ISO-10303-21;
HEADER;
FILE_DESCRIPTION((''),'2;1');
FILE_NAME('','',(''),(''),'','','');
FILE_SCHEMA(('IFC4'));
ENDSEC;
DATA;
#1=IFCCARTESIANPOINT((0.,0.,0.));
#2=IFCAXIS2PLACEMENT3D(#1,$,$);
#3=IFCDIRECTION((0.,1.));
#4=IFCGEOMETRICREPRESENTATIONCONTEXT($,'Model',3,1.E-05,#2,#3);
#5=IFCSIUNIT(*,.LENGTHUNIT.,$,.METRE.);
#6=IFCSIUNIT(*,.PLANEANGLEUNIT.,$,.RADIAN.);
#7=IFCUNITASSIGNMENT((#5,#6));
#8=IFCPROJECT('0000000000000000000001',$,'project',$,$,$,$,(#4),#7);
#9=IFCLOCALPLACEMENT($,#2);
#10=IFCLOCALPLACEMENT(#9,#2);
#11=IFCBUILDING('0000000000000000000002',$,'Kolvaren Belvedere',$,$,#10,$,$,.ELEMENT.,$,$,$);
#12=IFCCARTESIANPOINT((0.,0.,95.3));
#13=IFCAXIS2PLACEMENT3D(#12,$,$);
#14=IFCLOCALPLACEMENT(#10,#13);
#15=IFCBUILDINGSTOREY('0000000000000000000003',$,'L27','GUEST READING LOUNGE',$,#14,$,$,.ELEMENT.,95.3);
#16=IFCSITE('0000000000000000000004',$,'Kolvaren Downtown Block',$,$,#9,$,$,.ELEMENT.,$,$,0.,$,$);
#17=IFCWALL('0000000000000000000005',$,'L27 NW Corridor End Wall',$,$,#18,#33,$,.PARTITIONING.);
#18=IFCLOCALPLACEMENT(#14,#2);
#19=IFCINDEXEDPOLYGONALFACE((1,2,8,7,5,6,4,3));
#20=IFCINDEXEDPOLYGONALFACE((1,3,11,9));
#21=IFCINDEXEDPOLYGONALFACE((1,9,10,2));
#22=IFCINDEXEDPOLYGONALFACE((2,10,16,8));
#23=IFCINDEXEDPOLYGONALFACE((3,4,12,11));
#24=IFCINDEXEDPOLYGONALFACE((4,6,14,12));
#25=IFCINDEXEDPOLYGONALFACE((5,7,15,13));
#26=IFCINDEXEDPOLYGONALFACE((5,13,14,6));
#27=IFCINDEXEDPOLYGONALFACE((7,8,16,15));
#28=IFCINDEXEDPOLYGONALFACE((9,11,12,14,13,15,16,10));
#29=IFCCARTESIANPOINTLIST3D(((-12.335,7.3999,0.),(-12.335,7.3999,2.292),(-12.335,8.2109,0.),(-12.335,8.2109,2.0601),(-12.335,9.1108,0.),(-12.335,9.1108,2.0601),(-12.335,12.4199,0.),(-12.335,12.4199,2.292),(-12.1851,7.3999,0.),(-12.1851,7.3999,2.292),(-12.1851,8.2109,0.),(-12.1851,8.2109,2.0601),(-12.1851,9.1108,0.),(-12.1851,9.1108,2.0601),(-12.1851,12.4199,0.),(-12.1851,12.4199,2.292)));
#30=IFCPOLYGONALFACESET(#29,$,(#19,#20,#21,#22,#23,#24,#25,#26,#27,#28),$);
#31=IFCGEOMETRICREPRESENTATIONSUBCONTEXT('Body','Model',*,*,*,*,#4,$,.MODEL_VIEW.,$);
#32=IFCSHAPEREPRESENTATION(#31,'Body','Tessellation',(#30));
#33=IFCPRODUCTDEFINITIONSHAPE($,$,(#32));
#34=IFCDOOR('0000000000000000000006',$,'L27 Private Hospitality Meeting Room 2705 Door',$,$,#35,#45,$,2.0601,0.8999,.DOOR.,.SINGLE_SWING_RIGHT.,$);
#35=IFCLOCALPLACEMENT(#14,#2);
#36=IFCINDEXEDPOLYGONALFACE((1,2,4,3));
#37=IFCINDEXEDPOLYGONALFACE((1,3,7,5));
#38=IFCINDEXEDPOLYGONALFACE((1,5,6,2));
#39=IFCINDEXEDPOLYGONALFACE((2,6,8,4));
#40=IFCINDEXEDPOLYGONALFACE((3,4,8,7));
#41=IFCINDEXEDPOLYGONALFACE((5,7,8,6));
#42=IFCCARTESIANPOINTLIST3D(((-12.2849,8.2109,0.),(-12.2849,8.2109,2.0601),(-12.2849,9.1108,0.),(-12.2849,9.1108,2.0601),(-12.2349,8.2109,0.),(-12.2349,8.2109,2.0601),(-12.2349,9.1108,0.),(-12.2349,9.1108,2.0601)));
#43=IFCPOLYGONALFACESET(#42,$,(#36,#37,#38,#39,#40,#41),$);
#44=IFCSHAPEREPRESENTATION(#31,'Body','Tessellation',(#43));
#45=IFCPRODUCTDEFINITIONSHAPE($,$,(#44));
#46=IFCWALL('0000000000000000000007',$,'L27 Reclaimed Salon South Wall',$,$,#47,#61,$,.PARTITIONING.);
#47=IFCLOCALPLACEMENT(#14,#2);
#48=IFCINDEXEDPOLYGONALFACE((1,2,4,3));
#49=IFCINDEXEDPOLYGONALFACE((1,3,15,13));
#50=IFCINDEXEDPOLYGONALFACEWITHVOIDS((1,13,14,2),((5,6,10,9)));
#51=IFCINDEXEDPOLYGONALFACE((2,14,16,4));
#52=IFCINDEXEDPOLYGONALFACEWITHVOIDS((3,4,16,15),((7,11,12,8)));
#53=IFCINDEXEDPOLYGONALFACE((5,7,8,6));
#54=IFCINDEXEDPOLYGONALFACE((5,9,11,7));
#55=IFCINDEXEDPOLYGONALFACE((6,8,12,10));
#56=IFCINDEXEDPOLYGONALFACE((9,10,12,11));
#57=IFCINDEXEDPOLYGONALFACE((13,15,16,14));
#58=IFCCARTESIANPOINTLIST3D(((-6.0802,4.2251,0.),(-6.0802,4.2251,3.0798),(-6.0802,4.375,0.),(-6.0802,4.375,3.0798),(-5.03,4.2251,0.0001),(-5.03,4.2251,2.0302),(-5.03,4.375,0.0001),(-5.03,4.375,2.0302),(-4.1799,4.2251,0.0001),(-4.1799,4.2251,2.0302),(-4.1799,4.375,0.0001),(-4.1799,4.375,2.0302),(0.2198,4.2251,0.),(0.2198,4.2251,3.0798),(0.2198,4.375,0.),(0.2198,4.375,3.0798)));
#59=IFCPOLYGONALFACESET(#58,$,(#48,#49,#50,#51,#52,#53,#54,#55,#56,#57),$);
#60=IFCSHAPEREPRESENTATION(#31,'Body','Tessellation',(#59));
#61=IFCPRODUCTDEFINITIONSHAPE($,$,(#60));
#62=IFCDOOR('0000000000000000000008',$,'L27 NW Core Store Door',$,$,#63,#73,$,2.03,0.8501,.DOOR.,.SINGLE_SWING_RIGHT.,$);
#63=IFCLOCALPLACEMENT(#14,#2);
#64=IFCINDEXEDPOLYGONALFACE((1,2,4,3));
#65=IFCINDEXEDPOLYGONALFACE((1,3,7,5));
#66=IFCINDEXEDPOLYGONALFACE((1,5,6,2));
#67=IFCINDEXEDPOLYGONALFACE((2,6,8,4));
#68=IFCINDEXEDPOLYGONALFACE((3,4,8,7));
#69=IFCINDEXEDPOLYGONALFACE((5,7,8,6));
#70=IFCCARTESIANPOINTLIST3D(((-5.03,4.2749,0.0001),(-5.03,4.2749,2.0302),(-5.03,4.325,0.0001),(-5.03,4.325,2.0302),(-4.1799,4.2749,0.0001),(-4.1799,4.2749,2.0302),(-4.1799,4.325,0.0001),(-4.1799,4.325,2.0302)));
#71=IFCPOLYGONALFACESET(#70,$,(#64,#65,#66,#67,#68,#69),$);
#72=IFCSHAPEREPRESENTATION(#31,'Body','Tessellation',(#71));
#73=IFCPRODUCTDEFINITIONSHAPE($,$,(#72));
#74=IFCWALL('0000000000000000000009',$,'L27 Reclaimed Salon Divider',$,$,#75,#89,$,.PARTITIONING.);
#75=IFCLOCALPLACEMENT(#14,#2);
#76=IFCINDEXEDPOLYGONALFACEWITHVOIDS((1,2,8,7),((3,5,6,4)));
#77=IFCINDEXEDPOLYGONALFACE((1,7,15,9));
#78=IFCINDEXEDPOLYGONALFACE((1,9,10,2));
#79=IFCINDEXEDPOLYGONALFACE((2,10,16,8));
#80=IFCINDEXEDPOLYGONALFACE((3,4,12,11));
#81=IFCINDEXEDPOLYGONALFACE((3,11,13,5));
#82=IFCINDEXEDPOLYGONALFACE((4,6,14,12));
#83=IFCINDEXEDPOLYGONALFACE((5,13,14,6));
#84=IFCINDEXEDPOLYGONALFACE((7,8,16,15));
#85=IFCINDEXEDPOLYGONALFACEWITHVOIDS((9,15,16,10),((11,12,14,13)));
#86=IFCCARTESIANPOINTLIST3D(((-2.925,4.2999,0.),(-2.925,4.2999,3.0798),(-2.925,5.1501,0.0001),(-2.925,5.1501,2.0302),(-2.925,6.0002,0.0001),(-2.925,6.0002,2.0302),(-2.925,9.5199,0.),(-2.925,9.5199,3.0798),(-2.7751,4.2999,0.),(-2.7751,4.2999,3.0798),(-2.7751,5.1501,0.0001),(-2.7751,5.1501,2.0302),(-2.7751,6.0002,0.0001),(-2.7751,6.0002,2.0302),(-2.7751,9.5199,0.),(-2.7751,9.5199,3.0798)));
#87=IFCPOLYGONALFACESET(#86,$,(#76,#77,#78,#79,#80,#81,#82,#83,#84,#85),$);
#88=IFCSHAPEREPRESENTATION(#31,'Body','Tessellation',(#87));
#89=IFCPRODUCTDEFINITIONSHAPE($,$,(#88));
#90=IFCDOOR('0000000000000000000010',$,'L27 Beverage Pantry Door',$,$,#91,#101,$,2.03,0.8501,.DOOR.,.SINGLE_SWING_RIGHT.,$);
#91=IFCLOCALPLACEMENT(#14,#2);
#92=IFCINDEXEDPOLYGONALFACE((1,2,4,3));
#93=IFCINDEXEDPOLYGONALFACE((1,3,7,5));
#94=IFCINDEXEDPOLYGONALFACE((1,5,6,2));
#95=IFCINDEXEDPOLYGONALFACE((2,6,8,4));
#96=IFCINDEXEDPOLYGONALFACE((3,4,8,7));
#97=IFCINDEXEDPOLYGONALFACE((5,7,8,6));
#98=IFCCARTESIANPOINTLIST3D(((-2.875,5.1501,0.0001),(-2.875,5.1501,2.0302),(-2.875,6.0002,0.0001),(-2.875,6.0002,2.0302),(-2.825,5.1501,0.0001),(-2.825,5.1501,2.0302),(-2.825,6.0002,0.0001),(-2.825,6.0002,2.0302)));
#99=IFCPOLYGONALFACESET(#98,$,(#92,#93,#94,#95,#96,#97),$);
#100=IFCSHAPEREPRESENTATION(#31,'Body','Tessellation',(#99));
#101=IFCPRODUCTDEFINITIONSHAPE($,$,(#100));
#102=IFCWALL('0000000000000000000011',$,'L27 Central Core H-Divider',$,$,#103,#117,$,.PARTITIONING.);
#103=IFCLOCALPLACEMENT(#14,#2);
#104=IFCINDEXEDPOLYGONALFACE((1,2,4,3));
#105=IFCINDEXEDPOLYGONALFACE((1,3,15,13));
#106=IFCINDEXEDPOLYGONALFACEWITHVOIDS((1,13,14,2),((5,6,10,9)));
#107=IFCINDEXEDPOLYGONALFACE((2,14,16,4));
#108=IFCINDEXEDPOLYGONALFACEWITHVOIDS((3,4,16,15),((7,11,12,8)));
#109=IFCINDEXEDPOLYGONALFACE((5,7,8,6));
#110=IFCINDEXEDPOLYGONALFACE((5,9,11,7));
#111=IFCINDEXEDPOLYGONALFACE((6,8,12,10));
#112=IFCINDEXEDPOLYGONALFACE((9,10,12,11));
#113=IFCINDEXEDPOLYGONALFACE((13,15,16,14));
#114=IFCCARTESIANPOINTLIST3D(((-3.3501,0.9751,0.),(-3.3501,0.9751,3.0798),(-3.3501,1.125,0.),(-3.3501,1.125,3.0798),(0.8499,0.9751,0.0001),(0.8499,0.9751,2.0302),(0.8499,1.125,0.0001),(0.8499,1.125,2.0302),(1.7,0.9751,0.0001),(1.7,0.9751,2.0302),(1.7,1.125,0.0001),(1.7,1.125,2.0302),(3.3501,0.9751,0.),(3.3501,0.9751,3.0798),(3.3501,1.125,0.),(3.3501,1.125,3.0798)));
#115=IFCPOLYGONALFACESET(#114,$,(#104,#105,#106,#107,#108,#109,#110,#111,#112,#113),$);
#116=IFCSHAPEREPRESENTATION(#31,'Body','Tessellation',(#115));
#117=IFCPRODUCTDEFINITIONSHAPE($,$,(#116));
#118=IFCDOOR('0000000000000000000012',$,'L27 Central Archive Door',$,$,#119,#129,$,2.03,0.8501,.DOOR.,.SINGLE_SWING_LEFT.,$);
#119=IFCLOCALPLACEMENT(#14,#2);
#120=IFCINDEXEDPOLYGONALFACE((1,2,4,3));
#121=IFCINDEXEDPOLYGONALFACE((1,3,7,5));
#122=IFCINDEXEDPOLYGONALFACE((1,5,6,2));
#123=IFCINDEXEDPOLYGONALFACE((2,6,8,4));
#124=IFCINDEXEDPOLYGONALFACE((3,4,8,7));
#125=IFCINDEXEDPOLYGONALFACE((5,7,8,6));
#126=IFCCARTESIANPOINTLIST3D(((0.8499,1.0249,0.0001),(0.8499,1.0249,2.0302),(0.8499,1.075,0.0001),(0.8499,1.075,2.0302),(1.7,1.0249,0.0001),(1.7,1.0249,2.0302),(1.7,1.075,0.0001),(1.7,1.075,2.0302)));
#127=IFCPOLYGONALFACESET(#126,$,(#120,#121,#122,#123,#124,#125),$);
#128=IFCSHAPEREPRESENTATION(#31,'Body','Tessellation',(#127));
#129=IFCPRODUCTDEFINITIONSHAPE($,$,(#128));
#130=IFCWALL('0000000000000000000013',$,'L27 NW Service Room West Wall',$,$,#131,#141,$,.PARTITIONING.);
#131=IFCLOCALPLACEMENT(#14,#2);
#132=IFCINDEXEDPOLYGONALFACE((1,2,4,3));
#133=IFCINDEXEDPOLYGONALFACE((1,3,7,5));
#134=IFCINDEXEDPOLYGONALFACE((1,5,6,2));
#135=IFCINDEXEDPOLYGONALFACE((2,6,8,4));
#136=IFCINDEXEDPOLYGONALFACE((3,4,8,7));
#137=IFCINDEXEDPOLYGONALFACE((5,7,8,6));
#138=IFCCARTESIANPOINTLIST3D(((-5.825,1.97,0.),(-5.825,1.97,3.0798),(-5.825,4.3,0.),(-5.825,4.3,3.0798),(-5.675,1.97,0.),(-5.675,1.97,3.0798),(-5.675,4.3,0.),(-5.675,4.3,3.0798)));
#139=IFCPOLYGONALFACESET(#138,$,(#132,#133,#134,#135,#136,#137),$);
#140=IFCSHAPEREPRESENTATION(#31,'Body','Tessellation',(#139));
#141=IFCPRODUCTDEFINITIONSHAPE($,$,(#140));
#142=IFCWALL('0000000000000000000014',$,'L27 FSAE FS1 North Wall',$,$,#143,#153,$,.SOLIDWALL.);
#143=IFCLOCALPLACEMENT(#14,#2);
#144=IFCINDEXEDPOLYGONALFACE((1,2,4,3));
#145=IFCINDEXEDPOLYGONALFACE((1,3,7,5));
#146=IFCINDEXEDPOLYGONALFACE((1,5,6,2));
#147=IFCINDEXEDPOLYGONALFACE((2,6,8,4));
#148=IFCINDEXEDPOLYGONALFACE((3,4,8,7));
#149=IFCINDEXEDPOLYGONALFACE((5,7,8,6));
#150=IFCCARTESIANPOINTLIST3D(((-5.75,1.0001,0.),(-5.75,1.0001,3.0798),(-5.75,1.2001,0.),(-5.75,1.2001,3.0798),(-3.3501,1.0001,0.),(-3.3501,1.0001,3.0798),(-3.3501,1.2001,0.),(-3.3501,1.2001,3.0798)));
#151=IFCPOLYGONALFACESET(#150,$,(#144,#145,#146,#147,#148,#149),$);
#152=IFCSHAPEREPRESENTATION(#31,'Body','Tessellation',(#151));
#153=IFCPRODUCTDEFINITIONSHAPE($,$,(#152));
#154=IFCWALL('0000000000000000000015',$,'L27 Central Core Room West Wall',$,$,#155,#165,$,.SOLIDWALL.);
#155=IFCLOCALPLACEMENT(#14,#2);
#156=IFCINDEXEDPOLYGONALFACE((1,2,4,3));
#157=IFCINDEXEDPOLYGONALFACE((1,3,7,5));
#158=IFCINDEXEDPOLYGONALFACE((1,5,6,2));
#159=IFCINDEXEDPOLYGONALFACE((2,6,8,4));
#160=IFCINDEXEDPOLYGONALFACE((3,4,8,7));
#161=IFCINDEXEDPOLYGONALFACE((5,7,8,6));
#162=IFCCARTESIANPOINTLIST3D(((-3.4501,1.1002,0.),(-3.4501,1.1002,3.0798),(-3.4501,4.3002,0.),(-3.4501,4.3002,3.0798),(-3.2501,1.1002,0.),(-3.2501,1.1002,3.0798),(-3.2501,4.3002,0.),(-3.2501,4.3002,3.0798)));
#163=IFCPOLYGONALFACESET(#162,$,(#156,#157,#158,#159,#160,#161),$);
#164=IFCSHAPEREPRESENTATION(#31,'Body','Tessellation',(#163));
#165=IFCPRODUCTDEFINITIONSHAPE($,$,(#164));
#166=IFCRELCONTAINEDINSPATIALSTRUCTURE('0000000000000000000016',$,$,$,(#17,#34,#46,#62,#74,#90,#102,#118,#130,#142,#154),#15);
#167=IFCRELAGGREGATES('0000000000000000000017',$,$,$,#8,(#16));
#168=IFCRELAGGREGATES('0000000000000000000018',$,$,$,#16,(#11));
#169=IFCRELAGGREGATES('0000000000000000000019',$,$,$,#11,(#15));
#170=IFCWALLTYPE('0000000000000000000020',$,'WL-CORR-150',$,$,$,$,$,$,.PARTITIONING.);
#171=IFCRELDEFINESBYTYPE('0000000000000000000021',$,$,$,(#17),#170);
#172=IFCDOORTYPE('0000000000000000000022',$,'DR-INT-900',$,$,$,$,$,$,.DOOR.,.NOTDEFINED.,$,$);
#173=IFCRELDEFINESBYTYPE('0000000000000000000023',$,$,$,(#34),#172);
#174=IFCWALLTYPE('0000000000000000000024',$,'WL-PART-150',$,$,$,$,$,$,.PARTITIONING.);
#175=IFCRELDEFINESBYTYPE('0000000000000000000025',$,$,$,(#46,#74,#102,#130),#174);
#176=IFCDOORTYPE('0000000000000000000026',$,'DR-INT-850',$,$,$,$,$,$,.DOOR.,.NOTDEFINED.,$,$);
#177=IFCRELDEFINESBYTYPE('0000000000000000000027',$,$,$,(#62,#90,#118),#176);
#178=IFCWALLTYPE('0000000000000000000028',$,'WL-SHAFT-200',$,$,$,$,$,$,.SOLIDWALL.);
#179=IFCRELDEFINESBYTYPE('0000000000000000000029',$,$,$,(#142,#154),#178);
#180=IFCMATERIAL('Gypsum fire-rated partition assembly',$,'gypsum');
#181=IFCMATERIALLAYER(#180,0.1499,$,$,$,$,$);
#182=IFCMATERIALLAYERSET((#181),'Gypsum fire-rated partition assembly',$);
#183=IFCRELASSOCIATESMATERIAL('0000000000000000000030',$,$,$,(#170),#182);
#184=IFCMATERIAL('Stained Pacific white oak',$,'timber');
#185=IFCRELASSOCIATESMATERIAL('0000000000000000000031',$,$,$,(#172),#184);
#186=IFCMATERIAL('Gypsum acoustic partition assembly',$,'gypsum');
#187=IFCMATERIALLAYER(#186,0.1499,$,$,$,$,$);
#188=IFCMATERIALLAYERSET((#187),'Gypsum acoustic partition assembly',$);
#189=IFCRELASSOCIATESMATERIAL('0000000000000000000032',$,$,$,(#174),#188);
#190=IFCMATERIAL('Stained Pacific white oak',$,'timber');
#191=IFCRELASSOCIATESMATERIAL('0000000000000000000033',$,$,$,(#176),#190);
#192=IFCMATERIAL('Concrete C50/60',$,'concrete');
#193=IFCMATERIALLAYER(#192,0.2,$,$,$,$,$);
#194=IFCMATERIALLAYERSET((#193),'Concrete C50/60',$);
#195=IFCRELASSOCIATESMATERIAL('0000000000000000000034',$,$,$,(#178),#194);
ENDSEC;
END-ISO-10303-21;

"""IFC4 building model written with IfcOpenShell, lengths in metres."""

from ifc_helpers import new_model, si_unit, direction, frame, frame_2d, origin, place, context, subcontext, project, spatial, rectangle, extrude, material, layer, layer_set, type_object, element, fill, save


model = new_model("IFC4")

# Units and contexts
model_context = context("Model", 3, precision=1e-05, world=origin(), true_north=direction((0.0, 1.0)))
body_context = subcontext(model_context, "Body", "Model", "MODEL_VIEW")
ifc_project = project(units=[si_unit("LENGTHUNIT", "METRE"), si_unit("PLANEANGLEUNIT", "RADIAN")], contexts=[model_context])

# Site, building, storey
site_placement = place(None, origin())
site = spatial("IfcSite", under=ifc_project, at=site_placement, Name="Kolvaren Downtown Block", CompositionType="ELEMENT", RefElevation=0.0)
building_placement = place(site_placement, origin())
building = spatial("IfcBuilding", under=site, at=building_placement, Name="Kolvaren Belvedere", CompositionType="ELEMENT")
storey_placement = place(building_placement, frame((0.0, 0.0, 95.3)))
storey = spatial("IfcBuildingStorey", under=building, at=storey_placement, Name="L27", Description="GUEST READING LOUNGE", CompositionType="ELEMENT", Elevation=95.3)

# Walls, openings, doors
ifc_material_1 = material(Name="Gypsum fire-rated partition assembly", Category="gypsum")
ifc_layer_1 = layer(ifc_material_1, 0.1499)
ifc_layer_set_1 = layer_set([ifc_layer_1], Name="Gypsum fire-rated partition assembly")
wall_type_1 = type_object("IfcWallType", Name="WL-CORR-150", PredefinedType="PARTITIONING", material=ifc_layer_set_1)
wall_1_placement = place(storey_placement, frame((-12.26, 7.3999, 0.0), z_axis=(0.0, 0.0, 1.0), x_axis=(0.0, 1.0, 0.0)))
wall_1 = element("IfcWall", 1, at=wall_1_placement, inside=storey, type_object=wall_type_1, Name="L27 NW Corridor End Wall", PredefinedType="PARTITIONING", context=body_context, shape_type="SweptSolid", body=[
    extrude(rectangle(XDim=5.02, YDim=0.1499, at=frame_2d((2.51, 0.0))), origin(), (0.0, 0.0, 1.0), 2.292),
])
opening_1_placement = place(wall_1_placement, frame((0.811, 0.0, 0.0)))
opening_1 = element("IfcOpeningElement", 2, at=opening_1_placement, cuts=wall_1, PredefinedType="OPENING", context=body_context, shape_type="SweptSolid", body=[
    extrude(rectangle(XDim=0.8999, YDim=2.0601, at=frame_2d((0.45, 1.03))), frame((0.0, 0.085, 0.0), z_axis=(0.0, -1.0, 0.0), x_axis=(1.0, 0.0, 0.0)), (0.0, 0.0, 1.0), 0.1699),
])
ifc_material_2 = material(Name="Stained Pacific white oak", Category="timber")
door_type_1 = type_object("IfcDoorType", Name="DR-INT-900", OperationType="NOTDEFINED", PredefinedType="DOOR", material=ifc_material_2)
door_1_placement = place(opening_1_placement, origin())
door_1 = element("IfcDoor", 3, at=door_1_placement, inside=storey, type_object=door_type_1, Name="L27 Private Hospitality Meeting Room 2705 Door", OperationType="SINGLE_SWING_RIGHT", OverallHeight=2.0601, OverallWidth=0.8999, PredefinedType="DOOR", context=body_context, shape_type="SweptSolid", body=[
    extrude(rectangle(XDim=0.8999, YDim=2.0601, at=frame_2d((0.45, 1.03))), frame((0.0, 0.0249, 0.0), z_axis=(0.0, -1.0, 0.0), x_axis=(1.0, 0.0, 0.0)), (0.0, 0.0, 1.0), 0.05),
])
fill(opening_1, door_1)
ifc_material_3 = material(Name="Gypsum acoustic partition assembly", Category="gypsum")
ifc_layer_2 = layer(ifc_material_3, 0.1499)
ifc_layer_set_2 = layer_set([ifc_layer_2], Name="Gypsum acoustic partition assembly")
wall_type_2 = type_object("IfcWallType", Name="WL-PART-150", PredefinedType="PARTITIONING", material=ifc_layer_set_2)
wall_2_placement = place(storey_placement, frame((-6.0801, 4.3, 0.0), z_axis=(0.0, 0.0, 1.0), x_axis=(1.0, 0.0, 0.0)))
wall_2 = element("IfcWall", 4, at=wall_2_placement, inside=storey, type_object=wall_type_2, Name="L27 Reclaimed Salon South Wall", PredefinedType="PARTITIONING", context=body_context, shape_type="SweptSolid", body=[
    extrude(rectangle(XDim=6.3, YDim=0.1499, at=frame_2d((3.1499, 0.0))), origin(), (0.0, 0.0, 1.0), 3.0798),
])
opening_2_placement = place(wall_2_placement, frame((1.05, 0.0, 0.0)))
opening_2 = element("IfcOpeningElement", 5, at=opening_2_placement, cuts=wall_2, PredefinedType="OPENING", context=body_context, shape_type="SweptSolid", body=[
    extrude(rectangle(XDim=0.8501, YDim=2.03, at=frame_2d((0.425, 1.0151))), frame((0.0, 0.085, 0.0), z_axis=(0.0, -1.0, 0.0), x_axis=(1.0, 0.0, 0.0)), (0.0, 0.0, 1.0), 0.1699),
])
ifc_material_4 = material(Name="Stained Pacific white oak", Category="timber")
door_type_2 = type_object("IfcDoorType", Name="DR-INT-850", OperationType="NOTDEFINED", PredefinedType="DOOR", material=ifc_material_4)
door_2_placement = place(opening_2_placement, origin())
door_2 = element("IfcDoor", 6, at=door_2_placement, inside=storey, type_object=door_type_2, Name="L27 NW Core Store Door", OperationType="SINGLE_SWING_RIGHT", OverallHeight=2.03, OverallWidth=0.8501, PredefinedType="DOOR", context=body_context, shape_type="SweptSolid", body=[
    extrude(rectangle(XDim=0.8501, YDim=2.03, at=frame_2d((0.425, 1.0151))), frame((0.0, 0.0249, 0.0), z_axis=(0.0, -1.0, 0.0), x_axis=(1.0, 0.0, 0.0)), (0.0, 0.0, 1.0), 0.05),
])
fill(opening_2, door_2)
wall_3_placement = place(storey_placement, frame((-2.8501, 4.3, 0.0), z_axis=(0.0, 0.0, 1.0), x_axis=(0.0, 1.0, 0.0)))
wall_3 = element("IfcWall", 7, at=wall_3_placement, inside=storey, type_object=wall_type_2, Name="L27 Reclaimed Salon Divider", PredefinedType="PARTITIONING", context=body_context, shape_type="SweptSolid", body=[
    extrude(rectangle(XDim=5.22, YDim=0.1499, at=frame_2d((2.6099, 0.0))), origin(), (0.0, 0.0, 1.0), 3.0798),
])
opening_3_placement = place(wall_3_placement, frame((0.8501, 0.0, 0.0)))
opening_3 = element("IfcOpeningElement", 8, at=opening_3_placement, cuts=wall_3, PredefinedType="OPENING", context=body_context, shape_type="SweptSolid", body=[
    extrude(rectangle(XDim=0.8501, YDim=2.03, at=frame_2d((0.425, 1.0151))), frame((0.0, 0.085, 0.0), z_axis=(0.0, -1.0, 0.0), x_axis=(1.0, 0.0, 0.0)), (0.0, 0.0, 1.0), 0.1699),
])
door_3_placement = place(opening_3_placement, origin())
door_3 = element("IfcDoor", 9, at=door_3_placement, inside=storey, type_object=door_type_2, Name="L27 Beverage Pantry Door", OperationType="SINGLE_SWING_RIGHT", OverallHeight=2.03, OverallWidth=0.8501, PredefinedType="DOOR", context=body_context, shape_type="SweptSolid", body=[
    extrude(rectangle(XDim=0.8501, YDim=2.03, at=frame_2d((0.425, 1.0151))), frame((0.0, 0.0249, 0.0), z_axis=(0.0, -1.0, 0.0), x_axis=(1.0, 0.0, 0.0)), (0.0, 0.0, 1.0), 0.05),
])
fill(opening_3, door_3)
wall_4_placement = place(storey_placement, frame((-3.3501, 1.05, 0.0), z_axis=(0.0, 0.0, 1.0), x_axis=(1.0, 0.0, 0.0)))
wall_4 = element("IfcWall", 10, at=wall_4_placement, inside=storey, type_object=wall_type_2, Name="L27 Central Core H-Divider", PredefinedType="PARTITIONING", context=body_context, shape_type="SweptSolid", body=[
    extrude(rectangle(XDim=6.7002, YDim=0.1499, at=frame_2d((3.3501, 0.0))), origin(), (0.0, 0.0, 1.0), 3.0798),
])
opening_4_placement = place(wall_4_placement, frame((4.2, 0.0, 0.0)))
opening_4 = element("IfcOpeningElement", 11, at=opening_4_placement, cuts=wall_4, PredefinedType="OPENING", context=body_context, shape_type="SweptSolid", body=[
    extrude(rectangle(XDim=0.8501, YDim=2.03, at=frame_2d((0.425, 1.0151))), frame((0.0, 0.085, 0.0), z_axis=(0.0, -1.0, 0.0), x_axis=(1.0, 0.0, 0.0)), (0.0, 0.0, 1.0), 0.1699),
])
door_4_placement = place(opening_4_placement, origin())
door_4 = element("IfcDoor", 12, at=door_4_placement, inside=storey, type_object=door_type_2, Name="L27 Central Archive Door", OperationType="SINGLE_SWING_LEFT", OverallHeight=2.03, OverallWidth=0.8501, PredefinedType="DOOR", context=body_context, shape_type="SweptSolid", body=[
    extrude(rectangle(XDim=0.8501, YDim=2.03, at=frame_2d((0.425, 1.0151))), frame((0.0, 0.0249, 0.0), z_axis=(0.0, -1.0, 0.0), x_axis=(1.0, 0.0, 0.0)), (0.0, 0.0, 1.0), 0.05),
])
fill(opening_4, door_4)

# Walls
wall_5_placement = place(storey_placement, frame((-5.75, 1.97, 0.0), z_axis=(0.0, 0.0, 1.0), x_axis=(0.0, 1.0, 0.0)))
element("IfcWall", 13, at=wall_5_placement, inside=storey, type_object=wall_type_2, Name="L27 NW Service Room West Wall", PredefinedType="PARTITIONING", context=body_context, shape_type="SweptSolid", body=[
    extrude(rectangle(XDim=2.3301, YDim=0.1499, at=frame_2d((1.165, 0.0))), origin(), (0.0, 0.0, 1.0), 3.0798),
])
ifc_material_5 = material(Name="Concrete C50/60", Category="concrete")
ifc_layer_3 = layer(ifc_material_5, 0.2)
ifc_layer_set_3 = layer_set([ifc_layer_3], Name="Concrete C50/60")
wall_type_3 = type_object("IfcWallType", Name="WL-SHAFT-200", PredefinedType="SOLIDWALL", material=ifc_layer_set_3)
wall_6_placement = place(storey_placement, frame((-5.75, 1.1001, 0.0), z_axis=(0.0, 0.0, 1.0), x_axis=(1.0, 0.0, 0.0)))
element("IfcWall", 14, at=wall_6_placement, inside=storey, type_object=wall_type_3, Name="L27 FSAE FS1 North Wall", PredefinedType="SOLIDWALL", context=body_context, shape_type="SweptSolid", body=[
    extrude(rectangle(XDim=2.3999, YDim=0.2, at=frame_2d((1.2, 0.0))), origin(), (0.0, 0.0, 1.0), 3.0798),
])
wall_7_placement = place(storey_placement, frame((-3.3501, 1.1001, 0.0), z_axis=(0.0, 0.0, 1.0), x_axis=(0.0, 1.0, 0.0)))
element("IfcWall", 15, at=wall_7_placement, inside=storey, type_object=wall_type_3, Name="L27 Central Core Room West Wall", PredefinedType="SOLIDWALL", context=body_context, shape_type="SweptSolid", body=[
    extrude(rectangle(XDim=3.2, YDim=0.2, at=frame_2d((1.6001, 0.0))), origin(), (0.0, 0.0, 1.0), 3.0798),
])

save(model, "model.ifc")
